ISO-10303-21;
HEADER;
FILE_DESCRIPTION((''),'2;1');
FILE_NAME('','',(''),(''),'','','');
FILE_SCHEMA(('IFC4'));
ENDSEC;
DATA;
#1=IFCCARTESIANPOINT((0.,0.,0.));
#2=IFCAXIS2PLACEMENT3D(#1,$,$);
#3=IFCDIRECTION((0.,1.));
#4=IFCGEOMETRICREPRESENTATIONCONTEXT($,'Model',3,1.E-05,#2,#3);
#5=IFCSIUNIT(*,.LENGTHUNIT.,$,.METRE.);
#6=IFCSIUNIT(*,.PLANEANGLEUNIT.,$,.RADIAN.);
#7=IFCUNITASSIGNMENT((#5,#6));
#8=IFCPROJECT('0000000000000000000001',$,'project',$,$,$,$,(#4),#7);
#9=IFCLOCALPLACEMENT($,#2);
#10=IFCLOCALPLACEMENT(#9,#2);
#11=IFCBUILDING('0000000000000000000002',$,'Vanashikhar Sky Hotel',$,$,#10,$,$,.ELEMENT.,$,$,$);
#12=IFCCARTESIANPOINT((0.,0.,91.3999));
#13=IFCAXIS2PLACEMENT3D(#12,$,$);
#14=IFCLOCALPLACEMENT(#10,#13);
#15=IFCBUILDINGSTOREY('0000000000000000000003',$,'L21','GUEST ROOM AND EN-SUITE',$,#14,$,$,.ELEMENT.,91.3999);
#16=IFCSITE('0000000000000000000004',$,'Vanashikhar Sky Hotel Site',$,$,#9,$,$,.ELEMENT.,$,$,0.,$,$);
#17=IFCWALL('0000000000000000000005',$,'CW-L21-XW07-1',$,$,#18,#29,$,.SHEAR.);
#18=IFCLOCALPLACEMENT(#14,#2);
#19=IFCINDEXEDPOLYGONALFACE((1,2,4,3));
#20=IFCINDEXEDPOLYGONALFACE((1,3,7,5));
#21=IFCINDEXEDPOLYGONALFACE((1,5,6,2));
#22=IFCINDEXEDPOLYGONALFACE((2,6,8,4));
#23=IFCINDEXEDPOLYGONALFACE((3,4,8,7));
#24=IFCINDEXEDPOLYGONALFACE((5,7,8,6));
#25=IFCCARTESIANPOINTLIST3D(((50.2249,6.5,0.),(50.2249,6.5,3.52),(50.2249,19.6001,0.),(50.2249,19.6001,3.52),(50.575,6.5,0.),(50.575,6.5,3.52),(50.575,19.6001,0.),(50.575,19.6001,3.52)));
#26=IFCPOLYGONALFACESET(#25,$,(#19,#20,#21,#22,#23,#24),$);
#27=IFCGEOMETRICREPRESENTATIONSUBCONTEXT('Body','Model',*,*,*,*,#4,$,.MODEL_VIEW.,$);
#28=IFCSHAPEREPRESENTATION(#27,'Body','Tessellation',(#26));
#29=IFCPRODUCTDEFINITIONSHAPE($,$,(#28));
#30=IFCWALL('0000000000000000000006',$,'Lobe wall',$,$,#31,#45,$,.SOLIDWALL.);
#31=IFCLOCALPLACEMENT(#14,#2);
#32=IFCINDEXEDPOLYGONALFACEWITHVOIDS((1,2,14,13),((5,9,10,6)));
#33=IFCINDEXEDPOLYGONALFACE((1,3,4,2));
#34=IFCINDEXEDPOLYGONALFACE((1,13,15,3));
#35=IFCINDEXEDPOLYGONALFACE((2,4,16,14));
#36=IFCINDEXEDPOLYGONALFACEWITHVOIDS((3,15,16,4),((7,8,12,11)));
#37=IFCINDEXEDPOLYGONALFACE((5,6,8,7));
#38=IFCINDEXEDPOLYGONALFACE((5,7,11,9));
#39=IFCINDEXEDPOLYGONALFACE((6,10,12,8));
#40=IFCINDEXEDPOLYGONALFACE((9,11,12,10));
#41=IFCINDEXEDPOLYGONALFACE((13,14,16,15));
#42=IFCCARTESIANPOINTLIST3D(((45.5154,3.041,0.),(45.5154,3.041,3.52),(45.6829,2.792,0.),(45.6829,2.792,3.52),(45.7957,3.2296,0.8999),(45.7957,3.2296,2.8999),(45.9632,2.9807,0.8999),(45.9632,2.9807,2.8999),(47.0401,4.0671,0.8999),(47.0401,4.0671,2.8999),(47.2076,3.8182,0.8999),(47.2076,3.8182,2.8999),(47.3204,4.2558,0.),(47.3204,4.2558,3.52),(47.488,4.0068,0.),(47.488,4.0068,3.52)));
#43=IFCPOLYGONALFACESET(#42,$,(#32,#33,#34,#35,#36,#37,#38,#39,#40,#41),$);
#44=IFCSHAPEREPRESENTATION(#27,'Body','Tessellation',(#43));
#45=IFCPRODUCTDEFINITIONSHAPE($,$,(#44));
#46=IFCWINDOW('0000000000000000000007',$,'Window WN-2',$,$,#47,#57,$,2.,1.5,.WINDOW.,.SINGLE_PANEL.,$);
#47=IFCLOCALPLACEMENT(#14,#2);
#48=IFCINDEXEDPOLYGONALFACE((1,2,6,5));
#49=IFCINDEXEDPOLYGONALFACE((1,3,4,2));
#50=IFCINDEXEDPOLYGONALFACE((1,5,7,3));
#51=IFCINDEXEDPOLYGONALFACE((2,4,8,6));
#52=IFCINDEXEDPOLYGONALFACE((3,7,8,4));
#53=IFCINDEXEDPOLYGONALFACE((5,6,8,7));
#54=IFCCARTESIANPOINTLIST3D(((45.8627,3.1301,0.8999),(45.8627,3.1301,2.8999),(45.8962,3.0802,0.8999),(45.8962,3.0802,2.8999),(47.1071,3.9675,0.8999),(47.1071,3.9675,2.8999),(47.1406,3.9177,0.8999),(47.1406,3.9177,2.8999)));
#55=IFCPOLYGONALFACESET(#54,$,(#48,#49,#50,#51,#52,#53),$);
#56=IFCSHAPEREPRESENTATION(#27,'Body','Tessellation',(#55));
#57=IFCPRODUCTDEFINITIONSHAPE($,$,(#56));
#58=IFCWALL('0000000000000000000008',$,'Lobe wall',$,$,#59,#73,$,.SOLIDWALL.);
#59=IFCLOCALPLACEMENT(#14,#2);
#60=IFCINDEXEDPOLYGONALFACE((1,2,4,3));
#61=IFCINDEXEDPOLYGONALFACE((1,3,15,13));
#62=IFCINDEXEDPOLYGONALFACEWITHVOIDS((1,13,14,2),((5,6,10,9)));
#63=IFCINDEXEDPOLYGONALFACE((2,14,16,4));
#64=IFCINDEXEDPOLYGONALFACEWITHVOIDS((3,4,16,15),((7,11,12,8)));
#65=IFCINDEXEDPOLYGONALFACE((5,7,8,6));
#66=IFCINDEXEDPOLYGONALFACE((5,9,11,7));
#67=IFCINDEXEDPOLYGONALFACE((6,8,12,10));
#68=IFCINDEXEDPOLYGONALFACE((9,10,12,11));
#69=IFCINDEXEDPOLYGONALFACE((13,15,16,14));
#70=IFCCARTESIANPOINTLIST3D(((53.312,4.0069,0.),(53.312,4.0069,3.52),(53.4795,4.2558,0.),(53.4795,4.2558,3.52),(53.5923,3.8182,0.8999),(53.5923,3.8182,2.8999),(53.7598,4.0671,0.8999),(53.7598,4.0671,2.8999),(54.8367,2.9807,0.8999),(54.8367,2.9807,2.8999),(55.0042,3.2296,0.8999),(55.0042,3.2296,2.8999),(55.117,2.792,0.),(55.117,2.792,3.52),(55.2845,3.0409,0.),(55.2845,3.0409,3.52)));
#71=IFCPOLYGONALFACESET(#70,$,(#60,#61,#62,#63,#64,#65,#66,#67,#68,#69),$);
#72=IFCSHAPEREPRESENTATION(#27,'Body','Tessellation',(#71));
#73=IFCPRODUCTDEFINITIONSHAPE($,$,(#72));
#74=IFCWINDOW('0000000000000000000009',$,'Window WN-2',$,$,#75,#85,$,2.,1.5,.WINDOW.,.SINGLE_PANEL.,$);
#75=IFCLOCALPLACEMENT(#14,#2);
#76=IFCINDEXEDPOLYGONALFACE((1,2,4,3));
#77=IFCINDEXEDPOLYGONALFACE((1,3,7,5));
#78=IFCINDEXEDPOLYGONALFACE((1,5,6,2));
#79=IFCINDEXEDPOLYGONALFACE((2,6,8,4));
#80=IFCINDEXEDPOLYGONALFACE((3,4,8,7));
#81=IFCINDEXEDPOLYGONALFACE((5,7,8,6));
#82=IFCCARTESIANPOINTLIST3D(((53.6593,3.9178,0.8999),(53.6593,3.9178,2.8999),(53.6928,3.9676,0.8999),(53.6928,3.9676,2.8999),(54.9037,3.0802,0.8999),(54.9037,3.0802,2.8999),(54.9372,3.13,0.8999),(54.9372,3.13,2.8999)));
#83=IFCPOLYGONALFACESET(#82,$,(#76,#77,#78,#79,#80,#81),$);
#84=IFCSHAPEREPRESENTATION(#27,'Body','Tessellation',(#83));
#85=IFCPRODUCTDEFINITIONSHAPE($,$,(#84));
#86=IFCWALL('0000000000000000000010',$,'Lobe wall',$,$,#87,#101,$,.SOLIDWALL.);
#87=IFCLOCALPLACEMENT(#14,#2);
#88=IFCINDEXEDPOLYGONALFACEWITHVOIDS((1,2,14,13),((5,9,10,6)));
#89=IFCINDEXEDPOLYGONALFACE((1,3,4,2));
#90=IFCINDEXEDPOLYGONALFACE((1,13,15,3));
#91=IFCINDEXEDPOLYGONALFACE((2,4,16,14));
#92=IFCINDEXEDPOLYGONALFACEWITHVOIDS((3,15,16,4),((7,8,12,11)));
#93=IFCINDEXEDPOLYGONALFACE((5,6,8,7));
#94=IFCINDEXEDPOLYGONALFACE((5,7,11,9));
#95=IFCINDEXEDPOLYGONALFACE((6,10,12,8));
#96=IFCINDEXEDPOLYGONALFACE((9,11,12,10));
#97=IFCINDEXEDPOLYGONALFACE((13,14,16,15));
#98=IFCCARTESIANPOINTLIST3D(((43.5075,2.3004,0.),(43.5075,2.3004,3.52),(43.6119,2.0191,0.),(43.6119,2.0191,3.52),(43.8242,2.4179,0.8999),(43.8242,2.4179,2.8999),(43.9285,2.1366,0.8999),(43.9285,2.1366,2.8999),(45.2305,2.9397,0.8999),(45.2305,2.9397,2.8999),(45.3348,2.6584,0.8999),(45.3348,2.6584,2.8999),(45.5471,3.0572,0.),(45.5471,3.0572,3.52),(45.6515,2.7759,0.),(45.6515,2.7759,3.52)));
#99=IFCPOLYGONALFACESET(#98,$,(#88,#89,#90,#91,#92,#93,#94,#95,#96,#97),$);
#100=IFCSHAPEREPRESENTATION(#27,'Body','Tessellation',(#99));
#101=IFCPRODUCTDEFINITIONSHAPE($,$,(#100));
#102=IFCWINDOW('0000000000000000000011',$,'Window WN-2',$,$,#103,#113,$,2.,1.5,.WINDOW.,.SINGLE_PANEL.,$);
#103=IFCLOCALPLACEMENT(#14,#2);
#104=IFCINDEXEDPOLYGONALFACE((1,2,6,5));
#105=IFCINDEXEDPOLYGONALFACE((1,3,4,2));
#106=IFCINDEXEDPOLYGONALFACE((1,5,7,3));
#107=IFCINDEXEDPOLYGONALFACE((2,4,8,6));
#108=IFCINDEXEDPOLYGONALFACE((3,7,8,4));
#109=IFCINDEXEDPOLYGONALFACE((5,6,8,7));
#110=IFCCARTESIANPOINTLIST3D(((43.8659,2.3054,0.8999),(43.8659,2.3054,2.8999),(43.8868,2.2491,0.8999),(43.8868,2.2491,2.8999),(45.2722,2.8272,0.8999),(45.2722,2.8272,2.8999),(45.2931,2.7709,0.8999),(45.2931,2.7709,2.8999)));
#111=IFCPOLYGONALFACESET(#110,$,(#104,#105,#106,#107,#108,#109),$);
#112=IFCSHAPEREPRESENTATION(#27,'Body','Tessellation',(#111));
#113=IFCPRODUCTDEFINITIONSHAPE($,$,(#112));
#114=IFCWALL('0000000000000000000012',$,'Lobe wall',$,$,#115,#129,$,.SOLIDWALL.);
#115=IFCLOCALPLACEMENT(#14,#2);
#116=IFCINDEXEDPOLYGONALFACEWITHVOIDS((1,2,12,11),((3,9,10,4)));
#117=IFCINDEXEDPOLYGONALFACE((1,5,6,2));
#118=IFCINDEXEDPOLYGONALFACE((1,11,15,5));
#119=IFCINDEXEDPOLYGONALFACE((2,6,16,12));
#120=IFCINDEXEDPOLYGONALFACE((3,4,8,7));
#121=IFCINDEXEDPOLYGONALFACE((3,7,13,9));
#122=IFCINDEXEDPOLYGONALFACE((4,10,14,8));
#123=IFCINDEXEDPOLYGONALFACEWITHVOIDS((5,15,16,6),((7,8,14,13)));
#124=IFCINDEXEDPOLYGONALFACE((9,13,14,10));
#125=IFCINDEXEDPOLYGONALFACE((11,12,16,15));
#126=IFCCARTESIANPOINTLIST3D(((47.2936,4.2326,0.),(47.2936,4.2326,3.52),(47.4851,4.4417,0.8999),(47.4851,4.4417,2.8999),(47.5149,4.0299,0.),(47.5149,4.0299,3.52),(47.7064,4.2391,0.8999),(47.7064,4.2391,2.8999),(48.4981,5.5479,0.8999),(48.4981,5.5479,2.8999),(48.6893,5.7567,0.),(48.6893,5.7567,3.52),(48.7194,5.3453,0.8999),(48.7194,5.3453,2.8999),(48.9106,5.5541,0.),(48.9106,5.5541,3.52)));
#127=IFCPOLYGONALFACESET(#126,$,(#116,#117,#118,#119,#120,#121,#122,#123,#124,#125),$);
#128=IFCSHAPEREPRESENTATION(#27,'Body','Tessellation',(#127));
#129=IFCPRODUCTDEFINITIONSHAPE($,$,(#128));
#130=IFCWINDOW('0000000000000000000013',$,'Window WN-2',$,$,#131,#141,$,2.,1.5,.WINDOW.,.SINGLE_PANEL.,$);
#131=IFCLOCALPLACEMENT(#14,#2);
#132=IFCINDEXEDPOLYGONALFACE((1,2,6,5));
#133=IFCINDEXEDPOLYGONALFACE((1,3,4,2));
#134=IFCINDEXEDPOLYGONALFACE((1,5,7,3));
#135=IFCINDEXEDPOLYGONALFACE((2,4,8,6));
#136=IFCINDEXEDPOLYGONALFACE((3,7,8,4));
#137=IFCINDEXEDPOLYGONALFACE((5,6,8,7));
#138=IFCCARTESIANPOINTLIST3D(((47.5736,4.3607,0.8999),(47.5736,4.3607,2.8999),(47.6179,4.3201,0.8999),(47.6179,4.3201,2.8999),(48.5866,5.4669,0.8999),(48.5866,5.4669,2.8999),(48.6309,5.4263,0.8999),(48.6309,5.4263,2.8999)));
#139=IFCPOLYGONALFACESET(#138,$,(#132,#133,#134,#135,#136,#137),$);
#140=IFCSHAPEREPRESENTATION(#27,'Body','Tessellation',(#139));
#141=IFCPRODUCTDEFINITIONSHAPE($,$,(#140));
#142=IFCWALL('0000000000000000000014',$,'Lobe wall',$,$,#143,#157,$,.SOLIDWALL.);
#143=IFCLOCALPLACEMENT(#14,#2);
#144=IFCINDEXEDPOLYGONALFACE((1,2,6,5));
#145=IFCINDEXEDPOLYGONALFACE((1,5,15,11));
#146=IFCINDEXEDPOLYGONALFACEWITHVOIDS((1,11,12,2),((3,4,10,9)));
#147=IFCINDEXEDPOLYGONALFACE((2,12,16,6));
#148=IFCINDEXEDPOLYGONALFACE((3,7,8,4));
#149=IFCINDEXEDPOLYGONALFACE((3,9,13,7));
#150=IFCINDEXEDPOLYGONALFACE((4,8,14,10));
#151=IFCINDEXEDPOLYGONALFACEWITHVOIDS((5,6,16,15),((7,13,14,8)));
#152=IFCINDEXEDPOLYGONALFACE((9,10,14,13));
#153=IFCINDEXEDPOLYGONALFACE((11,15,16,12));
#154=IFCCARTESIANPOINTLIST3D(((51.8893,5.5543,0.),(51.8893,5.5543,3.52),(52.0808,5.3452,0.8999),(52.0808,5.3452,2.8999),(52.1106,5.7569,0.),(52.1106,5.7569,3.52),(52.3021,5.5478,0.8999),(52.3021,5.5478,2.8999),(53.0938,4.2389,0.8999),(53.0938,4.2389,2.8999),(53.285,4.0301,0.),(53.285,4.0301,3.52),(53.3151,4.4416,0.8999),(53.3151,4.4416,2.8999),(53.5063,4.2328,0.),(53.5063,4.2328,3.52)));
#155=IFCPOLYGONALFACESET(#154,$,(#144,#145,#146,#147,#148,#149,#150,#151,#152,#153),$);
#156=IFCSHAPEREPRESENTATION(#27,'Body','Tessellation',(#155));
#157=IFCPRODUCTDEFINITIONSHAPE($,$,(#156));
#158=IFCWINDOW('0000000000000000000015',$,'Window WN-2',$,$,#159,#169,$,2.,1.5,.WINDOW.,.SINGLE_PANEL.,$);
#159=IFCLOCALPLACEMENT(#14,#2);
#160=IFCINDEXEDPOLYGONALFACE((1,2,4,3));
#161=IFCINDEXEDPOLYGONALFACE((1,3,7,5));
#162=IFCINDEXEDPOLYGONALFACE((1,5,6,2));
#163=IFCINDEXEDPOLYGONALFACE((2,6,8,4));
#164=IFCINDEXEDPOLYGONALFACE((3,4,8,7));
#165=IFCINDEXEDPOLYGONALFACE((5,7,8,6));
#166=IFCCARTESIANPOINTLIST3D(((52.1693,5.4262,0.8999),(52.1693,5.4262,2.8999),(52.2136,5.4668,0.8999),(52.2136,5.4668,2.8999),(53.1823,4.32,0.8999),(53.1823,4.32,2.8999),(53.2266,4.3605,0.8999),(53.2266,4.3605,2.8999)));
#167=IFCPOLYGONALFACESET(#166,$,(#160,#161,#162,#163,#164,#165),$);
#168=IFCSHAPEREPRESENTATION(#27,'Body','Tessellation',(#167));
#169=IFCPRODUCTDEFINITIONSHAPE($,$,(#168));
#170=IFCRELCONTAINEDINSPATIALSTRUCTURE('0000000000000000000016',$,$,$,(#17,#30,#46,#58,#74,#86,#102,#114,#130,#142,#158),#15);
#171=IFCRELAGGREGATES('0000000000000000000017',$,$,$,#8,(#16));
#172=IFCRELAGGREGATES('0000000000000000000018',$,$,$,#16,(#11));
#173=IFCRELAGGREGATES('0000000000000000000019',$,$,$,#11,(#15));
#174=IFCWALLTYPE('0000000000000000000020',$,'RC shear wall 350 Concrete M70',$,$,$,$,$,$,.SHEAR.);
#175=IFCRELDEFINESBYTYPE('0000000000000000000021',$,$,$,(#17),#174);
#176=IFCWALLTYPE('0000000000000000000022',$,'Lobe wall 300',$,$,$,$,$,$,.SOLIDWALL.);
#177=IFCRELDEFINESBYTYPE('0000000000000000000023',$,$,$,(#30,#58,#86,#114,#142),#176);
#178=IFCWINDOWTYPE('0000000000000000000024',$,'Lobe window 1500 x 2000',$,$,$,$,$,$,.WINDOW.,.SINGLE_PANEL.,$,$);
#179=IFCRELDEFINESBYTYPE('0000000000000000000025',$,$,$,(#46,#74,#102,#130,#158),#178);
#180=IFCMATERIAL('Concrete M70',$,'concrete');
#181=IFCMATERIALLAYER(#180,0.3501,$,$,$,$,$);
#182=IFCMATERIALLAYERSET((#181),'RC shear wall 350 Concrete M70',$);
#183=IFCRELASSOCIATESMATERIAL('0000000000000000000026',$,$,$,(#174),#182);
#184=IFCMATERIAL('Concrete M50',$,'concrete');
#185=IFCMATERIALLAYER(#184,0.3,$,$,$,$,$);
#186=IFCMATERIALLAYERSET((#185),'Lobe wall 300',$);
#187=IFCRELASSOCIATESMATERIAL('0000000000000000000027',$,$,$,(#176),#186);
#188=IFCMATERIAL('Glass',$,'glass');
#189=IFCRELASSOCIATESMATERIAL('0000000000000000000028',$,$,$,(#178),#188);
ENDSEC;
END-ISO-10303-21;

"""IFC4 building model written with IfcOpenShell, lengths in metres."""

from ifc_helpers import new_model, si_unit, direction, frame, frame_2d, origin, place, context, subcontext, project, spatial, rectangle, extrude, source, transform, mapped, material, layer, layer_set, type_object, element, fill, save


model = new_model("IFC4")

# Units and contexts
model_context = context("Model", 3, precision=1e-05, world=origin(), true_north=direction((0.0, 1.0)))
body_context = subcontext(model_context, "Body", "Model", "MODEL_VIEW")
ifc_project = project(units=[si_unit("LENGTHUNIT", "METRE"), si_unit("PLANEANGLEUNIT", "RADIAN")], contexts=[model_context])

# Site, building, storey
site_placement = place(None, origin())
site = spatial("IfcSite", under=ifc_project, at=site_placement, Name="Vanashikhar Sky Hotel Site", CompositionType="ELEMENT", RefElevation=0.0)
building_placement = place(site_placement, origin())
building = spatial("IfcBuilding", under=site, at=building_placement, Name="Vanashikhar Sky Hotel", CompositionType="ELEMENT")
storey_placement = place(building_placement, frame((0.0, 0.0, 91.3999)))
storey = spatial("IfcBuildingStorey", under=building, at=storey_placement, Name="L21", Description="GUEST ROOM AND EN-SUITE", CompositionType="ELEMENT", Elevation=91.3999)

# Wall
ifc_material_1 = material(Name="Concrete M70", Category="concrete")
ifc_layer_1 = layer(ifc_material_1, 0.3501)
ifc_layer_set_1 = layer_set([ifc_layer_1], Name="RC shear wall 350 Concrete M70")
wall_type_1 = type_object("IfcWallType", Name="RC shear wall 350 Concrete M70", PredefinedType="SHEAR", material=ifc_layer_set_1)
shared_shape_1 = source(origin(), body_context, "Body", "SweptSolid", [
    extrude(rectangle(XDim=13.1001, YDim=0.3501, at=frame_2d((6.55, 0.0))), origin(), (0.0, 0.0, 1.0), 3.52),
])
wall_1_placement = place(storey_placement, frame((50.3999, 6.5, 0.0), z_axis=(0.0, 0.0, 1.0), x_axis=(0.0, 1.0, 0.0)))
element("IfcWall", 1, at=wall_1_placement, inside=storey, type_object=wall_type_1, Name="CW-L21-XW07-1", PredefinedType="SHEAR", context=body_context, shape_type="MappedRepresentation", body=[
    mapped(shared_shape_1, transform((0.0, 0.0, 0.0), scale=1.0)),
])

# Walls, openings, windows
ifc_material_2 = material(Name="Concrete M50", Category="concrete")
ifc_layer_2 = layer(ifc_material_2, 0.3)
ifc_layer_set_2 = layer_set([ifc_layer_2], Name="Lobe wall 300")
wall_type_2 = type_object("IfcWallType", Name="Lobe wall 300", PredefinedType="SOLIDWALL", material=ifc_layer_set_2)
shared_shape_2 = source(origin(), body_context, "Body", "SweptSolid", [
    extrude(rectangle(XDim=2.1758, YDim=0.3, at=frame_2d((1.0879, 0.0))), origin(), (0.0, 0.0, 1.0), 3.52),
])
wall_2_placement = place(storey_placement, frame((45.5991, 2.9165, 0.0), z_axis=(0.0, 0.0, 1.0), x_axis=(0.829626, 0.55832, 0.0)))
wall_2 = element("IfcWall", 2, at=wall_2_placement, inside=storey, type_object=wall_type_2, Name="Lobe wall", PredefinedType="SOLIDWALL", context=body_context, shape_type="MappedRepresentation", body=[
    mapped(shared_shape_2, transform((0.0, 0.0, 0.0), scale=1.0)),
])
shared_shape_3 = source(origin(), body_context, "Body", "SweptSolid", [
    extrude(rectangle(XDim=1.5, YDim=2.0, at=frame_2d((0.75, 1.0))), frame((0.0, 0.1602, 0.0), z_axis=(0.0, -1.0, 0.0), x_axis=(1.0, 0.0, 0.0)), (0.0, 0.0, 1.0), 0.3201),
])
opening_1_placement = place(wall_2_placement, frame((0.3379, 0.0, 0.8999)))
opening_1 = element("IfcOpeningElement", 3, at=opening_1_placement, cuts=wall_2, PredefinedType="OPENING", context=body_context, shape_type="MappedRepresentation", body=[
    mapped(shared_shape_3, transform((0.0, 0.0, 0.0), scale=1.0)),
])
ifc_material_3 = material(Name="Glass", Category="glass")
window_type = type_object("IfcWindowType", Name="Lobe window 1500 x 2000", PartitioningType="SINGLE_PANEL", PredefinedType="WINDOW", material=ifc_material_3)
shared_shape_4 = source(origin(), body_context, "Body", "SweptSolid", [
    extrude(rectangle(XDim=1.5, YDim=2.0, at=frame_2d((0.75, 1.0))), frame((0.0, 0.03, 0.0), z_axis=(0.0, -1.0, 0.0), x_axis=(1.0, 0.0, 0.0)), (0.0, 0.0, 1.0), 0.0601),
])
window_1_placement = place(opening_1_placement, origin())
window_1 = element("IfcWindow", 4, at=window_1_placement, inside=storey, type_object=window_type, Name="Window WN-2", OverallHeight=2.0, OverallWidth=1.5, PartitioningType="SINGLE_PANEL", PredefinedType="WINDOW", context=body_context, shape_type="MappedRepresentation", body=[
    mapped(shared_shape_4, transform((0.0, 0.0, 0.0), scale=1.0)),
])
fill(opening_1, window_1)
wall_3_placement = place(storey_placement, frame((53.3958, 4.1313, 0.0), z_axis=(0.0, 0.0, 1.0), x_axis=(0.829591, -0.558372, 0.0)))
wall_3 = element("IfcWall", 5, at=wall_3_placement, inside=storey, type_object=wall_type_2, Name="Lobe wall", PredefinedType="SOLIDWALL", context=body_context, shape_type="MappedRepresentation", body=[
    mapped(shared_shape_2, transform((0.0, 0.0, 0.0), scale=1.0)),
])
opening_2_placement = place(wall_3_placement, frame((0.3379, 0.0, 0.8999)))
opening_2 = element("IfcOpeningElement", 6, at=opening_2_placement, cuts=wall_3, PredefinedType="OPENING", context=body_context, shape_type="MappedRepresentation", body=[
    mapped(shared_shape_3, transform((0.0, 0.0, 0.0), scale=1.0)),
])
window_2_placement = place(opening_2_placement, origin())
window_2 = element("IfcWindow", 7, at=window_2_placement, inside=storey, type_object=window_type, Name="Window WN-2", OverallHeight=2.0, OverallWidth=1.5, PartitioningType="SINGLE_PANEL", PredefinedType="WINDOW", context=body_context, shape_type="MappedRepresentation", body=[
    mapped(shared_shape_4, transform((0.0, 0.0, 0.0), scale=1.0)),
])
fill(opening_2, window_2)
shared_shape_5 = source(origin(), body_context, "Body", "SweptSolid", [
    extrude(rectangle(XDim=2.1755, YDim=0.3, at=frame_2d((1.0879, 0.0))), origin(), (0.0, 0.0, 1.0), 3.52),
])
wall_4_placement = place(storey_placement, frame((43.5596, 2.1597, 0.0), z_axis=(0.0, 0.0, 1.0), x_axis=(0.937532, 0.347899, 0.0)))
wall_4 = element("IfcWall", 8, at=wall_4_placement, inside=storey, type_object=wall_type_2, Name="Lobe wall", PredefinedType="SOLIDWALL", context=body_context, shape_type="MappedRepresentation", body=[
    mapped(shared_shape_5, transform((0.0, 0.0, 0.0), scale=1.0)),
])
opening_3_placement = place(wall_4_placement, frame((0.3379, 0.0, 0.8999)))
opening_3 = element("IfcOpeningElement", 9, at=opening_3_placement, cuts=wall_4, PredefinedType="OPENING", context=body_context, shape_type="MappedRepresentation", body=[
    mapped(shared_shape_3, transform((0.0, 0.0, 0.0), scale=1.0)),
])
window_3_placement = place(opening_3_placement, origin())
window_3 = element("IfcWindow", 10, at=window_3_placement, inside=storey, type_object=window_type, Name="Window WN-2", OverallHeight=2.0, OverallWidth=1.5, PartitioningType="SINGLE_PANEL", PredefinedType="WINDOW", context=body_context, shape_type="MappedRepresentation", body=[
    mapped(shared_shape_4, transform((0.0, 0.0, 0.0), scale=1.0)),
])
fill(opening_3, window_3)
shared_shape_6 = source(origin(), body_context, "Body", "SweptSolid", [
    extrude(rectangle(XDim=2.0667, YDim=0.3, at=frame_2d((1.0332, 0.0))), origin(), (0.0, 0.0, 1.0), 3.52),
])
wall_5_placement = place(storey_placement, frame((47.4043, 4.1313, 0.0), z_axis=(0.0, 0.0, 1.0), x_axis=(0.675355, 0.737492, 0.0)))
wall_5 = element("IfcWall", 11, at=wall_5_placement, inside=storey, type_object=wall_type_2, Name="Lobe wall", PredefinedType="SOLIDWALL", context=body_context, shape_type="MappedRepresentation", body=[
    mapped(shared_shape_6, transform((0.0, 0.0, 0.0), scale=1.0)),
])
opening_4_placement = place(wall_5_placement, frame((0.2834, 0.0, 0.8999)))
opening_4 = element("IfcOpeningElement", 12, at=opening_4_placement, cuts=wall_5, PredefinedType="OPENING", context=body_context, shape_type="MappedRepresentation", body=[
    mapped(shared_shape_3, transform((0.0, 0.0, 0.0), scale=1.0)),
])
window_4_placement = place(opening_4_placement, origin())
window_4 = element("IfcWindow", 13, at=window_4_placement, inside=storey, type_object=window_type, Name="Window WN-2", OverallHeight=2.0, OverallWidth=1.5, PartitioningType="SINGLE_PANEL", PredefinedType="WINDOW", context=body_context, shape_type="MappedRepresentation", body=[
    mapped(shared_shape_4, transform((0.0, 0.0, 0.0), scale=1.0)),
])
fill(opening_4, window_4)
wall_6_placement = place(storey_placement, frame((52.0, 5.6555, 0.0), z_axis=(0.0, 0.0, 1.0), x_axis=(0.675355, -0.737492, 0.0)))
wall_6 = element("IfcWall", 14, at=wall_6_placement, inside=storey, type_object=wall_type_2, Name="Lobe wall", PredefinedType="SOLIDWALL", context=body_context, shape_type="MappedRepresentation", body=[
    mapped(shared_shape_6, transform((0.0, 0.0, 0.0), scale=1.0)),
])
opening_5_placement = place(wall_6_placement, frame((0.2834, 0.0, 0.8999)))
opening_5 = element("IfcOpeningElement", 15, at=opening_5_placement, cuts=wall_6, PredefinedType="OPENING", context=body_context, shape_type="MappedRepresentation", body=[
    mapped(shared_shape_3, transform((0.0, 0.0, 0.0), scale=1.0)),
])
window_5_placement = place(opening_5_placement, origin())
window_5 = element("IfcWindow", 16, at=window_5_placement, inside=storey, type_object=window_type, Name="Window WN-2", OverallHeight=2.0, OverallWidth=1.5, PartitioningType="SINGLE_PANEL", PredefinedType="WINDOW", context=body_context, shape_type="MappedRepresentation", body=[
    mapped(shared_shape_4, transform((0.0, 0.0, 0.0), scale=1.0)),
])
fill(opening_5, window_5)

save(model, "model.ifc")
